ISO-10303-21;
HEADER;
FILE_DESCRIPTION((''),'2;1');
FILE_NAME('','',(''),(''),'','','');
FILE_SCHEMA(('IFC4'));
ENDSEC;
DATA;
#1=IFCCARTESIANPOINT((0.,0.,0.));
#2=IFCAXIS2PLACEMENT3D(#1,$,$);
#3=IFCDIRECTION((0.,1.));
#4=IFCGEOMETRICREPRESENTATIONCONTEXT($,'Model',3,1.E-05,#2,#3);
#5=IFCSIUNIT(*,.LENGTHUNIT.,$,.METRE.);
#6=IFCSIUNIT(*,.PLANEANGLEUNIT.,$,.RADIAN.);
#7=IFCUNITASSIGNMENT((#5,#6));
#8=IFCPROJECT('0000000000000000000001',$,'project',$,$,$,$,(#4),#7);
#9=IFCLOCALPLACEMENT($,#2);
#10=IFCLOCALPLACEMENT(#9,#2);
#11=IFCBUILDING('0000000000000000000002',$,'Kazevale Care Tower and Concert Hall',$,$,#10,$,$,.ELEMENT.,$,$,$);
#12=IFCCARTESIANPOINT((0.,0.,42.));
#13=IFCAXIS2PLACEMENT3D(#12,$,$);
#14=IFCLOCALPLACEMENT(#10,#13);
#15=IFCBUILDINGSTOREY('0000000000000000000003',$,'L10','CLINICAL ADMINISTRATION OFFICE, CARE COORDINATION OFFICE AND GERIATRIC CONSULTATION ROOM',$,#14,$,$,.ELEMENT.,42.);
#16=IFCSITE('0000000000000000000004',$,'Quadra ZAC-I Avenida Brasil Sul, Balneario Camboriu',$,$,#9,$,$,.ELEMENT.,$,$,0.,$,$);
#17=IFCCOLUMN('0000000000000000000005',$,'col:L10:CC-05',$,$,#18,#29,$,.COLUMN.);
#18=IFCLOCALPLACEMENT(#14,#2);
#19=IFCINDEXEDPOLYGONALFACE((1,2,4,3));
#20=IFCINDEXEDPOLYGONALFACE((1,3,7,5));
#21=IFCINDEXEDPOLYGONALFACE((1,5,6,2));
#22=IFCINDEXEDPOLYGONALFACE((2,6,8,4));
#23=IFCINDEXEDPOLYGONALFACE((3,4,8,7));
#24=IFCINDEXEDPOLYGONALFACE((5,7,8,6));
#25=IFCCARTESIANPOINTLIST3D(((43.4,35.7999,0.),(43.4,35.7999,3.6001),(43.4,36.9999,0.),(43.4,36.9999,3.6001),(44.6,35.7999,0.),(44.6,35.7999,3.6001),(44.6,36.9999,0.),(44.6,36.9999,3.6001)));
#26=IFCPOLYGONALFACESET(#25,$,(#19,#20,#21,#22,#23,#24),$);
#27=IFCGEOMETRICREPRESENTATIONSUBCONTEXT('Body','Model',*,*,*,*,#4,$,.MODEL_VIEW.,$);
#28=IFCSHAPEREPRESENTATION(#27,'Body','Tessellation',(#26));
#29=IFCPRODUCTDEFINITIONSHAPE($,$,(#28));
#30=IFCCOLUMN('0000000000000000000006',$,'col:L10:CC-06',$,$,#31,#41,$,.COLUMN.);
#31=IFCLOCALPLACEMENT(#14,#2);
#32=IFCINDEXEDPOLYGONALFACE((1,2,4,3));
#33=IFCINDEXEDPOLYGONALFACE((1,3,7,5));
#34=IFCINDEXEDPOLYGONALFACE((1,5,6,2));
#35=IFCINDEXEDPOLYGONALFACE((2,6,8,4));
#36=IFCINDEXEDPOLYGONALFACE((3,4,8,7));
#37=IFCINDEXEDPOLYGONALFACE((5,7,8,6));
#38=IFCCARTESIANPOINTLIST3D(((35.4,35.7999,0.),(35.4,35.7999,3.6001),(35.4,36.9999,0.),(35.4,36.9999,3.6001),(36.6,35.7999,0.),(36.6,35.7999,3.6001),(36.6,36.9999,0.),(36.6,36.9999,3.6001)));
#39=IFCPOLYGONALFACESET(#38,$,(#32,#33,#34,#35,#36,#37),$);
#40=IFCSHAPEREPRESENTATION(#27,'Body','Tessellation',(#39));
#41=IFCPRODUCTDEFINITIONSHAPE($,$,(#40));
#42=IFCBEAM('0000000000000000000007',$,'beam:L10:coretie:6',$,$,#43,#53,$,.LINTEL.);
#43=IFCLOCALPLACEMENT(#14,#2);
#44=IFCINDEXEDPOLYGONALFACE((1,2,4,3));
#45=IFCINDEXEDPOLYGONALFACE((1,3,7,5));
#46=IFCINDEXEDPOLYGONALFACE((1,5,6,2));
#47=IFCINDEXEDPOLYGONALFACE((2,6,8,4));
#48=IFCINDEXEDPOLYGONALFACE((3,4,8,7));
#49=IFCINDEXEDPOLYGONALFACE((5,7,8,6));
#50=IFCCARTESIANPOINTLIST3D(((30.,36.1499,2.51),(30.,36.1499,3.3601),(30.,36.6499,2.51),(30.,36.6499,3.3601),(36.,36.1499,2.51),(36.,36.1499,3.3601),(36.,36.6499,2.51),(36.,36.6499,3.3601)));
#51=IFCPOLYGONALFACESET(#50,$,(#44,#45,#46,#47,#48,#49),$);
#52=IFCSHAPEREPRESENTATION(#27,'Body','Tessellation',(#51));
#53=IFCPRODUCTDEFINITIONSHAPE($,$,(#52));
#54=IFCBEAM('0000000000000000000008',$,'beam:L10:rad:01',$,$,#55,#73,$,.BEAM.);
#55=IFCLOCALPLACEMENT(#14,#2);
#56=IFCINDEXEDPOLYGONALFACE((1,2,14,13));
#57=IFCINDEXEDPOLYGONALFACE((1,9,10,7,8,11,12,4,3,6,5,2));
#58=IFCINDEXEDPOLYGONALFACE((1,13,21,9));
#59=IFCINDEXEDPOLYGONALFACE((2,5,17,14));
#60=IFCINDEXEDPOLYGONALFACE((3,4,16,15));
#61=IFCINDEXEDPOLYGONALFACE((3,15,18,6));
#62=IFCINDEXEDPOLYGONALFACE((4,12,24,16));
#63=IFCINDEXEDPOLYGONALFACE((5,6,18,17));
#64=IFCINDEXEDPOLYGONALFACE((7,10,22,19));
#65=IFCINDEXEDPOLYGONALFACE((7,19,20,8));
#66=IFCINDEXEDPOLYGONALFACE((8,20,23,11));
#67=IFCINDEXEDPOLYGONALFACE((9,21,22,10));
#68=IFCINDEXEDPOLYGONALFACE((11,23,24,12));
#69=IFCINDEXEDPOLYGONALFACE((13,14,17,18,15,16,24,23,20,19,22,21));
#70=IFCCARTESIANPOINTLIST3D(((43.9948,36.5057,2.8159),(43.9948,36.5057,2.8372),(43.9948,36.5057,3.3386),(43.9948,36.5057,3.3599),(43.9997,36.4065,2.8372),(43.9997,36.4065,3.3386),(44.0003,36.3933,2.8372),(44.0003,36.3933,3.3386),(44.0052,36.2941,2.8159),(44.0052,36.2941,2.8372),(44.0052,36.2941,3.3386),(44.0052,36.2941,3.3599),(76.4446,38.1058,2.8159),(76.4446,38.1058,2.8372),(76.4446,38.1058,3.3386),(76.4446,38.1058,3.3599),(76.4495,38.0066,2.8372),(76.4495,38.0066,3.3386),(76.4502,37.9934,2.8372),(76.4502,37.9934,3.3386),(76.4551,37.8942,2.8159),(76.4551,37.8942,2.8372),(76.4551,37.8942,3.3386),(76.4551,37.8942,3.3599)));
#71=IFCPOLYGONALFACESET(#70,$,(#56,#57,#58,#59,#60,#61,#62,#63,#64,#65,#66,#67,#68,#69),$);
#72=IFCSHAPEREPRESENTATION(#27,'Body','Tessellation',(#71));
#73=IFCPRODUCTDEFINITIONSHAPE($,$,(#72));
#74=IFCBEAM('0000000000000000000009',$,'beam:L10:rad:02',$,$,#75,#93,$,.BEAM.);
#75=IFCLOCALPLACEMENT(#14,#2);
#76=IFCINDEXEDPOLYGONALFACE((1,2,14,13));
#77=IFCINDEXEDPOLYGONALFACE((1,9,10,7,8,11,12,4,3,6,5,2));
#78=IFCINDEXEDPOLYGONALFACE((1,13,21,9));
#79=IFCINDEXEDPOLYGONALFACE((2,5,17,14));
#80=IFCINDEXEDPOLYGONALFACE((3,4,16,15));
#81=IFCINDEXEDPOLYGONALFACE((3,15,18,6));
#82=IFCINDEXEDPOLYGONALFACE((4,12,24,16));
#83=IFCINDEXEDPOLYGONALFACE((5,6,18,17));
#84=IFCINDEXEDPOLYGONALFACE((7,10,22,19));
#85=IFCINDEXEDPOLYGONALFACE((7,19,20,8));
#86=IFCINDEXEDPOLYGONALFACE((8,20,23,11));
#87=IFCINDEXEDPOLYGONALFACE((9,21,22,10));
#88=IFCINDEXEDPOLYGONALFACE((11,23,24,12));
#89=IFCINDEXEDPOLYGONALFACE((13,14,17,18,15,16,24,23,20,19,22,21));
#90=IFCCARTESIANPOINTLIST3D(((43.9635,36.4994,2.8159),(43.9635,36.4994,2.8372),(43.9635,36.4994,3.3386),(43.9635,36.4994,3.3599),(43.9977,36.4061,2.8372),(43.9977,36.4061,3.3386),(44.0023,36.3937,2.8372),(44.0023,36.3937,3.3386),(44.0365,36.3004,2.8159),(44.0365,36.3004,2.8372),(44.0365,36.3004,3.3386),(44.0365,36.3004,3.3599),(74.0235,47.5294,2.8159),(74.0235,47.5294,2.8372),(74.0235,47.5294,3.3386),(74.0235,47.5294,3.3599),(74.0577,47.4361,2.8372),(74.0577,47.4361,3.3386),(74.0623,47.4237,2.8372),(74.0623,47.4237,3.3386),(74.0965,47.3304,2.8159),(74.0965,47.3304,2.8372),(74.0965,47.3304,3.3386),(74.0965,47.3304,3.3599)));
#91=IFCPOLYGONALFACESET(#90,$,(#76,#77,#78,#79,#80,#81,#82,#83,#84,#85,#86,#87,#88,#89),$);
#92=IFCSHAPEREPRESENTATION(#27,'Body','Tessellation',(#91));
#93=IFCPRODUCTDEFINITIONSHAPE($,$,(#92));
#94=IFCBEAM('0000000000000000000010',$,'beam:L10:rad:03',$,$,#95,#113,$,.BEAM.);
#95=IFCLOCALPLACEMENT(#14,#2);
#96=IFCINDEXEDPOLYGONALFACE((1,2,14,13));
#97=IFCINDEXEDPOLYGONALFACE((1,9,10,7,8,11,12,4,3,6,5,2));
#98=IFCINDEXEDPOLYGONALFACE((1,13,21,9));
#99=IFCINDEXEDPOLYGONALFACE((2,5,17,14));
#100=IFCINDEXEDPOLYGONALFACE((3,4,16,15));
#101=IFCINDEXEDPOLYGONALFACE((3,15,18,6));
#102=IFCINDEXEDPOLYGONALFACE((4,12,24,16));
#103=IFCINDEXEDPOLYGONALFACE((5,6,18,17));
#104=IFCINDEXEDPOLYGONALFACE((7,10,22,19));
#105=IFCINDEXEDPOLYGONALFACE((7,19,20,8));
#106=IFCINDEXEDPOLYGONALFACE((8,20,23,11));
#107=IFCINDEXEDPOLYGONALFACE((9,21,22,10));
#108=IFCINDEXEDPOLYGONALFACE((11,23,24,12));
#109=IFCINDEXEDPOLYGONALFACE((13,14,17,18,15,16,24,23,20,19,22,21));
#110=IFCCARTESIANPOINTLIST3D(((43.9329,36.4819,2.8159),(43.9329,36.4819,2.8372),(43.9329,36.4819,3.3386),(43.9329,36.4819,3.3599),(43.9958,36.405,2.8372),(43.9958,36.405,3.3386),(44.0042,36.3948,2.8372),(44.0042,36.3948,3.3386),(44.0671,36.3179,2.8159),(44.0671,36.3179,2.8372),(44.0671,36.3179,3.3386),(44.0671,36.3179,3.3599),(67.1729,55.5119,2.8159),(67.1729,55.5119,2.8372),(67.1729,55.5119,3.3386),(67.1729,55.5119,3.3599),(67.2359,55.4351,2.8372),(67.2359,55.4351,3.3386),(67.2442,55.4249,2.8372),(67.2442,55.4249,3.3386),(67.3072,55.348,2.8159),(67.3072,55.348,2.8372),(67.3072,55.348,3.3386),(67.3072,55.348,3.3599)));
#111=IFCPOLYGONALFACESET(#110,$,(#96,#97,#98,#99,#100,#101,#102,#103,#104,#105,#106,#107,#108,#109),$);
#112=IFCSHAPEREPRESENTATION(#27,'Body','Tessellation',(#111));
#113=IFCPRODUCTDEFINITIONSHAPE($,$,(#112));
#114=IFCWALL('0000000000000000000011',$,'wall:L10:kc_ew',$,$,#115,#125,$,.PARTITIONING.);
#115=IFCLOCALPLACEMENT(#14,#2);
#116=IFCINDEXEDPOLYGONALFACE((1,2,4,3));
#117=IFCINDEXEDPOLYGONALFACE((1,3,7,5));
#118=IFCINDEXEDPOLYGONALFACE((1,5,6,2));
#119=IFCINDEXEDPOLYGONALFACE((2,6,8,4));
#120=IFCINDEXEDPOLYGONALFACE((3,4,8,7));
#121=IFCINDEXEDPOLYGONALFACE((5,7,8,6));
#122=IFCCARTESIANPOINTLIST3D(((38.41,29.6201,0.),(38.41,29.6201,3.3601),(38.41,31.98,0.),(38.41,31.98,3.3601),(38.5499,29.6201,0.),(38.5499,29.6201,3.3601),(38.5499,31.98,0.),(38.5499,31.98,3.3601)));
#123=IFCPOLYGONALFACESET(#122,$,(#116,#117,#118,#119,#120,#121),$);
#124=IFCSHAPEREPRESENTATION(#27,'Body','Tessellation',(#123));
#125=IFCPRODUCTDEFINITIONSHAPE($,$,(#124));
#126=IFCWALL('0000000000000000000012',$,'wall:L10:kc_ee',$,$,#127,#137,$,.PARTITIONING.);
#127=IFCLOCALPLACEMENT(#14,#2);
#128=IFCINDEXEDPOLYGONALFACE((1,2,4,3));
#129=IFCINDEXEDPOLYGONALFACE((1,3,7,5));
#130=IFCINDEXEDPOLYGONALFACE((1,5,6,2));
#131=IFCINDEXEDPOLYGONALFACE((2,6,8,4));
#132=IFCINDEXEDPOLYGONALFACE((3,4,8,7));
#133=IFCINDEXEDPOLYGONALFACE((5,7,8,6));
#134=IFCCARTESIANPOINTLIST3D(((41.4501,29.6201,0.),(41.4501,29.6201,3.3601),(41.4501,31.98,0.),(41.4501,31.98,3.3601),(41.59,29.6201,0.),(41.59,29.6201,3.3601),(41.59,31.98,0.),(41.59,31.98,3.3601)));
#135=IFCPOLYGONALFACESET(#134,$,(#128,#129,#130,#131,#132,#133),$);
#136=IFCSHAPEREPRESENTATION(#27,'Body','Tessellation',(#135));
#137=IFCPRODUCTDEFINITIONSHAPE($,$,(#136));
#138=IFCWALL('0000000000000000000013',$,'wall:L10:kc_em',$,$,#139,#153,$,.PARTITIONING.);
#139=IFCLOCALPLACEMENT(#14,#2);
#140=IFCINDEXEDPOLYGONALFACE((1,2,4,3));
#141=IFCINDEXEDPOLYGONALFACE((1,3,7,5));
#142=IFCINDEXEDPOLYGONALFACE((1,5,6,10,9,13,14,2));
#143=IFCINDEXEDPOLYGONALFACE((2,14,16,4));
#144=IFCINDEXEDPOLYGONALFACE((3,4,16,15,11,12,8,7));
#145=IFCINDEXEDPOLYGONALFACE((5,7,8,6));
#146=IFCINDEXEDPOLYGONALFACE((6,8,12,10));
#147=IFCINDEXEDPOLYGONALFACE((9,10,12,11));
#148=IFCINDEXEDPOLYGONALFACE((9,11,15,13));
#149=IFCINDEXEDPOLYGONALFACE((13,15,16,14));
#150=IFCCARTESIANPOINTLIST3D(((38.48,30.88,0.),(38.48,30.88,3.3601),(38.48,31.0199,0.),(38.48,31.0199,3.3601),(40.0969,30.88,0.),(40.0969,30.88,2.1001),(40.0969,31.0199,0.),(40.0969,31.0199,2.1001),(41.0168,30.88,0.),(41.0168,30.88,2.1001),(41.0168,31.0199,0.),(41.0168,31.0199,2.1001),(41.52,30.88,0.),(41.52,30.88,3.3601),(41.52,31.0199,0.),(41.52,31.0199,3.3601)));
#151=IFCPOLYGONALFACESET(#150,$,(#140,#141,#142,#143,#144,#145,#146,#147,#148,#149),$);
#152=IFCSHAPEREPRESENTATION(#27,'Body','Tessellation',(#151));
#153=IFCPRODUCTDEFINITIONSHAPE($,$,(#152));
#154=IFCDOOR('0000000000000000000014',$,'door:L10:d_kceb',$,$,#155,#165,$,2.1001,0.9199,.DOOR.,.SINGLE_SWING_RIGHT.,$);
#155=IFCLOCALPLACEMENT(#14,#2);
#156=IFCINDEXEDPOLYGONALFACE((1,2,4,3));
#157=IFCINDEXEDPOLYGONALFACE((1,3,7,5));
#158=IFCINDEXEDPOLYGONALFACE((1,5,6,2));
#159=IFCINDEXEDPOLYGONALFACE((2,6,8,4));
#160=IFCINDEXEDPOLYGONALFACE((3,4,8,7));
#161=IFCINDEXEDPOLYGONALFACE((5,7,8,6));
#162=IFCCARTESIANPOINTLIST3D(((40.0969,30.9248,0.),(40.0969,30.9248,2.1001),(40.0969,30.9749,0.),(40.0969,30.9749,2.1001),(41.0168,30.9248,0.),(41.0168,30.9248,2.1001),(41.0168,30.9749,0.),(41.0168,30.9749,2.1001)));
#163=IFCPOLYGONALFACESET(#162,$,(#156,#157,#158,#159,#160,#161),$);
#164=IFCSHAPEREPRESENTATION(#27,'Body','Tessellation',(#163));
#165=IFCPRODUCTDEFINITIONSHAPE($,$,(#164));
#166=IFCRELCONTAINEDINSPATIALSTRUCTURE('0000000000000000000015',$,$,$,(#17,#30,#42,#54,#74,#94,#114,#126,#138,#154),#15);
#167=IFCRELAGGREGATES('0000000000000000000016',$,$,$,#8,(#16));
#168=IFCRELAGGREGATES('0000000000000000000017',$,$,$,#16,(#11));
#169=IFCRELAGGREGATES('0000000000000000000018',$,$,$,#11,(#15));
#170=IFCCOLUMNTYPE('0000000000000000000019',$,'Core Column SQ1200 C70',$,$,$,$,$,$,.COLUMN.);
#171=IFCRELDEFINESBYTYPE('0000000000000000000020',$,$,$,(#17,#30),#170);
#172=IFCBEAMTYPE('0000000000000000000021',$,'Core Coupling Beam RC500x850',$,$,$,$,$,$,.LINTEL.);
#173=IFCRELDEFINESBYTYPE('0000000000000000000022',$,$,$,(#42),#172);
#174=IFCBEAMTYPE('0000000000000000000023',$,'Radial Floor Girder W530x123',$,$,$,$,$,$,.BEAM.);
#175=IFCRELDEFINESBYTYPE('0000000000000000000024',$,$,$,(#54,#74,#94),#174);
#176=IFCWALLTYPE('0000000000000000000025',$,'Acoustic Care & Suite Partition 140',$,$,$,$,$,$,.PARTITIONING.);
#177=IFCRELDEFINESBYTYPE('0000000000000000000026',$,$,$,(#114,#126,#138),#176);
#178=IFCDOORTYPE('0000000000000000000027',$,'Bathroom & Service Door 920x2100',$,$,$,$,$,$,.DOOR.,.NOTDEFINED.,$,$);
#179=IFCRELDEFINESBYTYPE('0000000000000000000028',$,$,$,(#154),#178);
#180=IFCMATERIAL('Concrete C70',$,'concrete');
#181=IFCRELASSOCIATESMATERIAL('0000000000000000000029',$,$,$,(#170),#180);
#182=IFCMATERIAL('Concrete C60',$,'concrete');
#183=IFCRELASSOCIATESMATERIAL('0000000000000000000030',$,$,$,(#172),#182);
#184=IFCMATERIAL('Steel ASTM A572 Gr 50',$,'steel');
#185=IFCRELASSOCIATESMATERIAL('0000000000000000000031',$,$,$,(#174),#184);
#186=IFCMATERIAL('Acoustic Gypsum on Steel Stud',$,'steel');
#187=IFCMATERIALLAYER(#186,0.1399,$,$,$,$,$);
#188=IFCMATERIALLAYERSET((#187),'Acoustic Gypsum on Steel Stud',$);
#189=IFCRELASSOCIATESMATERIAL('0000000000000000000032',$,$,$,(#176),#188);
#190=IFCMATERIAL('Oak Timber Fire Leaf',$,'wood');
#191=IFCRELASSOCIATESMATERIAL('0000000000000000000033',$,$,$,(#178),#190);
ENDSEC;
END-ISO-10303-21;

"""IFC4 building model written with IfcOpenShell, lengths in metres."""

from ifc_helpers import new_model, si_unit, direction, frame, frame_2d, origin, origin_2d, place, context, subcontext, project, spatial, rectangle, i_section, extrude, material, layer, layer_set, material_profile, profile_set, type_object, element, fill, save


model = new_model("IFC4")

# Units and contexts
model_context = context("Model", 3, precision=1e-05, world=origin(), true_north=direction((0.0, 1.0)))
body_context = subcontext(model_context, "Body", "Model", "MODEL_VIEW")
ifc_project = project(units=[si_unit("LENGTHUNIT", "METRE"), si_unit("PLANEANGLEUNIT", "RADIAN")], contexts=[model_context])

# Site, building, storey
site_placement = place(None, origin())
site = spatial("IfcSite", under=ifc_project, at=site_placement, Name="Quadra ZAC-I Avenida Brasil Sul, Balneario Camboriu", CompositionType="ELEMENT", RefElevation=0.0)
building_placement = place(site_placement, origin())
building = spatial("IfcBuilding", under=site, at=building_placement, Name="Kazevale Care Tower and Concert Hall", CompositionType="ELEMENT")
storey_placement = place(building_placement, frame((0.0, 0.0, 42.0)))
storey = spatial("IfcBuildingStorey", under=building, at=storey_placement, Name="L10", Description="CLINICAL ADMINISTRATION OFFICE, CARE COORDINATION OFFICE AND GERIATRIC CONSULTATION ROOM", CompositionType="ELEMENT", Elevation=42.0)

# Columns
ifc_material_1 = material(Name="Concrete C70", Category="concrete")
ifc_material_profile_1 = material_profile(ifc_material_1, rectangle(XDim=1.2, YDim=1.2, at=origin_2d()), Name="RC-SQ1200")
ifc_profile_set_1 = profile_set([ifc_material_profile_1], Name="Concrete C70")
column_type = type_object("IfcColumnType", Name="Core Column SQ1200 C70", PredefinedType="COLUMN", material=ifc_profile_set_1)
for number, where, z_axis, x_axis, name in (
    (1, (44.0, 36.3999, 0.0), (0.0, 0.0, 1.0), (1.0, 0.0, 0.0), "col:L10:CC-05"),
    (2, (36.0, 36.3999, 0.0), (0.0, 0.0, 1.0), (1.0, 0.0, 0.0), "col:L10:CC-06"),
):
    element("IfcColumn", number, at=place(storey_placement, frame(where, z_axis=z_axis, x_axis=x_axis)), inside=storey, type_object=column_type, Name=name, PredefinedType="COLUMN", context=body_context, shape_type="SweptSolid", body=[
        extrude(rectangle(XDim=1.2, YDim=1.2, at=origin_2d()), origin(), (0.0, 0.0, 1.0), 3.6001),
    ])

# Beams
ifc_material_2 = material(Name="Concrete C60", Category="concrete")
ifc_material_profile_2 = material_profile(ifc_material_2, rectangle(XDim=0.5, YDim=0.8501, at=origin_2d()), Name="RC-B500x850")
ifc_profile_set_2 = profile_set([ifc_material_profile_2], Name="Concrete C60")
beam_type_1 = type_object("IfcBeamType", Name="Core Coupling Beam RC500x850", PredefinedType="LINTEL", material=ifc_profile_set_2)
beam_1_placement = place(storey_placement, frame((36.0, 36.3999, 2.9351), z_axis=(-1.0, 0.0, 0.0), x_axis=(0.0, -1.0, 0.0)))
element("IfcBeam", 3, at=beam_1_placement, inside=storey, type_object=beam_type_1, Name="beam:L10:coretie:6", PredefinedType="LINTEL", context=body_context, shape_type="SweptSolid", body=[
    extrude(rectangle(XDim=0.5, YDim=0.8501, at=origin_2d()), origin(), (0.0, 0.0, 1.0), 6.0),
])
ifc_material_3 = material(Name="Steel ASTM A572 Gr 50", Category="steel")
ifc_material_profile_3 = material_profile(ifc_material_3, i_section(OverallWidth=0.2119, OverallDepth=0.5439, WebThickness=0.0132, FlangeThickness=0.0212, at=origin_2d()), Name="W530x123")
ifc_profile_set_3 = profile_set([ifc_material_profile_3], Name="Steel ASTM A572 Gr 50")
beam_type_2 = type_object("IfcBeamType", Name="Radial Floor Girder W530x123", PredefinedType="BEAM", material=ifc_profile_set_3)
beam_2_placement = place(storey_placement, frame((44.0, 36.3999, 3.0879), z_axis=(0.998786, 0.04925, 0.0), x_axis=(-0.04925, 0.998786, 0.0)))
element("IfcBeam", 4, at=beam_2_placement, inside=storey, type_object=beam_type_2, Name="beam:L10:rad:01", PredefinedType="BEAM", context=body_context, shape_type="SweptSolid", body=[
    extrude(i_section(OverallWidth=0.2119, OverallDepth=0.5439, WebThickness=0.0132, FlangeThickness=0.0212, at=origin_2d()), origin(), (0.0, 0.0, 1.0), 32.4893),
])
beam_3_placement = place(storey_placement, frame((44.0, 36.3999, 3.0879), z_axis=(0.938795, 0.344475, 0.0), x_axis=(-0.344475, 0.938795, 0.0)))
element("IfcBeam", 5, at=beam_3_placement, inside=storey, type_object=beam_type_2, Name="beam:L10:rad:02", PredefinedType="BEAM", context=body_context, shape_type="SweptSolid", body=[
    extrude(i_section(OverallWidth=0.2119, OverallDepth=0.5439, WebThickness=0.0132, FlangeThickness=0.0212, at=origin_2d()), origin(), (0.0, 0.0, 1.0), 32.0198),
])
beam_4_placement = place(storey_placement, frame((44.0, 36.3999, 3.0879), z_axis=(0.773704, 0.633547, 0.0), x_axis=(-0.633547, 0.773704, 0.0)))
element("IfcBeam", 6, at=beam_4_placement, inside=storey, type_object=beam_type_2, Name="beam:L10:rad:03", PredefinedType="BEAM", context=body_context, shape_type="SweptSolid", body=[
    extrude(i_section(OverallWidth=0.2119, OverallDepth=0.5439, WebThickness=0.0132, FlangeThickness=0.0212, at=origin_2d()), origin(), (0.0, 0.0, 1.0), 30.0374),
])

# Walls
ifc_material_4 = material(Name="Acoustic Gypsum on Steel Stud", Category="steel")
ifc_layer_1 = layer(ifc_material_4, 0.1399)
ifc_layer_set_1 = layer_set([ifc_layer_1], Name="Acoustic Gypsum on Steel Stud")
wall_type_1 = type_object("IfcWallType", Name="Acoustic Care & Suite Partition 140", PredefinedType="PARTITIONING", material=ifc_layer_set_1)
for number, where, z_axis, x_axis, name in (
    (7, (38.48, 29.6201, 0.0), (0.0, 0.0, 1.0), (0.0, 1.0, 0.0), "wall:L10:kc_ew"),
    (8, (41.52, 29.6201, 0.0), (0.0, 0.0, 1.0), (0.0, 1.0, 0.0), "wall:L10:kc_ee"),
):
    element("IfcWall", number, at=place(storey_placement, frame(where, z_axis=z_axis, x_axis=x_axis)), inside=storey, type_object=wall_type_1, Name=name, PredefinedType="PARTITIONING", context=body_context, shape_type="SweptSolid", body=[
        extrude(rectangle(XDim=2.3599, YDim=0.1399, at=frame_2d((1.1799, 0.0))), origin(), (0.0, 0.0, 1.0), 3.3601),
    ])

# Wall, opening, door
wall_1_placement = place(storey_placement, frame((38.48, 30.95, 0.0), z_axis=(0.0, 0.0, 1.0), x_axis=(1.0, 0.0, 0.0)))
wall_1 = element("IfcWall", 9, at=wall_1_placement, inside=storey, type_object=wall_type_1, Name="wall:L10:kc_em", PredefinedType="PARTITIONING", context=body_context, shape_type="SweptSolid", body=[
    extrude(rectangle(XDim=3.04, YDim=0.1399, at=frame_2d((1.52, 0.0))), origin(), (0.0, 0.0, 1.0), 3.3601),
])
opening_1_placement = place(wall_1_placement, frame((1.6169, 0.0, 0.0)))
opening_1 = element("IfcOpeningElement", 10, at=opening_1_placement, cuts=wall_1, PredefinedType="OPENING", context=body_context, shape_type="SweptSolid", body=[
    extrude(rectangle(XDim=0.9199, YDim=2.1001, at=frame_2d((0.46, 1.05))), frame((0.0, 0.0798, 0.0), z_axis=(0.0, -1.0, 0.0), x_axis=(1.0, 0.0, 0.0)), (0.0, 0.0, 1.0), 0.1599),
])
ifc_material_5 = material(Name="Oak Timber Fire Leaf", Category="wood")
door_type_1 = type_object("IfcDoorType", Name="Bathroom & Service Door 920x2100", OperationType="NOTDEFINED", PredefinedType="DOOR", material=ifc_material_5)
door_1_placement = place(opening_1_placement, origin())
door_1 = element("IfcDoor", 11, at=door_1_placement, inside=storey, type_object=door_type_1, Name="door:L10:d_kceb", OperationType="SINGLE_SWING_RIGHT", OverallHeight=2.1001, OverallWidth=0.9199, PredefinedType="DOOR", context=body_context, shape_type="SweptSolid", body=[
    extrude(rectangle(XDim=0.9199, YDim=2.1001, at=frame_2d((0.46, 1.05))), frame((0.0, 0.0249, 0.0), z_axis=(0.0, -1.0, 0.0), x_axis=(1.0, 0.0, 0.0)), (0.0, 0.0, 1.0), 0.05),
])
fill(opening_1, door_1)

save(model, "model.ifc")
